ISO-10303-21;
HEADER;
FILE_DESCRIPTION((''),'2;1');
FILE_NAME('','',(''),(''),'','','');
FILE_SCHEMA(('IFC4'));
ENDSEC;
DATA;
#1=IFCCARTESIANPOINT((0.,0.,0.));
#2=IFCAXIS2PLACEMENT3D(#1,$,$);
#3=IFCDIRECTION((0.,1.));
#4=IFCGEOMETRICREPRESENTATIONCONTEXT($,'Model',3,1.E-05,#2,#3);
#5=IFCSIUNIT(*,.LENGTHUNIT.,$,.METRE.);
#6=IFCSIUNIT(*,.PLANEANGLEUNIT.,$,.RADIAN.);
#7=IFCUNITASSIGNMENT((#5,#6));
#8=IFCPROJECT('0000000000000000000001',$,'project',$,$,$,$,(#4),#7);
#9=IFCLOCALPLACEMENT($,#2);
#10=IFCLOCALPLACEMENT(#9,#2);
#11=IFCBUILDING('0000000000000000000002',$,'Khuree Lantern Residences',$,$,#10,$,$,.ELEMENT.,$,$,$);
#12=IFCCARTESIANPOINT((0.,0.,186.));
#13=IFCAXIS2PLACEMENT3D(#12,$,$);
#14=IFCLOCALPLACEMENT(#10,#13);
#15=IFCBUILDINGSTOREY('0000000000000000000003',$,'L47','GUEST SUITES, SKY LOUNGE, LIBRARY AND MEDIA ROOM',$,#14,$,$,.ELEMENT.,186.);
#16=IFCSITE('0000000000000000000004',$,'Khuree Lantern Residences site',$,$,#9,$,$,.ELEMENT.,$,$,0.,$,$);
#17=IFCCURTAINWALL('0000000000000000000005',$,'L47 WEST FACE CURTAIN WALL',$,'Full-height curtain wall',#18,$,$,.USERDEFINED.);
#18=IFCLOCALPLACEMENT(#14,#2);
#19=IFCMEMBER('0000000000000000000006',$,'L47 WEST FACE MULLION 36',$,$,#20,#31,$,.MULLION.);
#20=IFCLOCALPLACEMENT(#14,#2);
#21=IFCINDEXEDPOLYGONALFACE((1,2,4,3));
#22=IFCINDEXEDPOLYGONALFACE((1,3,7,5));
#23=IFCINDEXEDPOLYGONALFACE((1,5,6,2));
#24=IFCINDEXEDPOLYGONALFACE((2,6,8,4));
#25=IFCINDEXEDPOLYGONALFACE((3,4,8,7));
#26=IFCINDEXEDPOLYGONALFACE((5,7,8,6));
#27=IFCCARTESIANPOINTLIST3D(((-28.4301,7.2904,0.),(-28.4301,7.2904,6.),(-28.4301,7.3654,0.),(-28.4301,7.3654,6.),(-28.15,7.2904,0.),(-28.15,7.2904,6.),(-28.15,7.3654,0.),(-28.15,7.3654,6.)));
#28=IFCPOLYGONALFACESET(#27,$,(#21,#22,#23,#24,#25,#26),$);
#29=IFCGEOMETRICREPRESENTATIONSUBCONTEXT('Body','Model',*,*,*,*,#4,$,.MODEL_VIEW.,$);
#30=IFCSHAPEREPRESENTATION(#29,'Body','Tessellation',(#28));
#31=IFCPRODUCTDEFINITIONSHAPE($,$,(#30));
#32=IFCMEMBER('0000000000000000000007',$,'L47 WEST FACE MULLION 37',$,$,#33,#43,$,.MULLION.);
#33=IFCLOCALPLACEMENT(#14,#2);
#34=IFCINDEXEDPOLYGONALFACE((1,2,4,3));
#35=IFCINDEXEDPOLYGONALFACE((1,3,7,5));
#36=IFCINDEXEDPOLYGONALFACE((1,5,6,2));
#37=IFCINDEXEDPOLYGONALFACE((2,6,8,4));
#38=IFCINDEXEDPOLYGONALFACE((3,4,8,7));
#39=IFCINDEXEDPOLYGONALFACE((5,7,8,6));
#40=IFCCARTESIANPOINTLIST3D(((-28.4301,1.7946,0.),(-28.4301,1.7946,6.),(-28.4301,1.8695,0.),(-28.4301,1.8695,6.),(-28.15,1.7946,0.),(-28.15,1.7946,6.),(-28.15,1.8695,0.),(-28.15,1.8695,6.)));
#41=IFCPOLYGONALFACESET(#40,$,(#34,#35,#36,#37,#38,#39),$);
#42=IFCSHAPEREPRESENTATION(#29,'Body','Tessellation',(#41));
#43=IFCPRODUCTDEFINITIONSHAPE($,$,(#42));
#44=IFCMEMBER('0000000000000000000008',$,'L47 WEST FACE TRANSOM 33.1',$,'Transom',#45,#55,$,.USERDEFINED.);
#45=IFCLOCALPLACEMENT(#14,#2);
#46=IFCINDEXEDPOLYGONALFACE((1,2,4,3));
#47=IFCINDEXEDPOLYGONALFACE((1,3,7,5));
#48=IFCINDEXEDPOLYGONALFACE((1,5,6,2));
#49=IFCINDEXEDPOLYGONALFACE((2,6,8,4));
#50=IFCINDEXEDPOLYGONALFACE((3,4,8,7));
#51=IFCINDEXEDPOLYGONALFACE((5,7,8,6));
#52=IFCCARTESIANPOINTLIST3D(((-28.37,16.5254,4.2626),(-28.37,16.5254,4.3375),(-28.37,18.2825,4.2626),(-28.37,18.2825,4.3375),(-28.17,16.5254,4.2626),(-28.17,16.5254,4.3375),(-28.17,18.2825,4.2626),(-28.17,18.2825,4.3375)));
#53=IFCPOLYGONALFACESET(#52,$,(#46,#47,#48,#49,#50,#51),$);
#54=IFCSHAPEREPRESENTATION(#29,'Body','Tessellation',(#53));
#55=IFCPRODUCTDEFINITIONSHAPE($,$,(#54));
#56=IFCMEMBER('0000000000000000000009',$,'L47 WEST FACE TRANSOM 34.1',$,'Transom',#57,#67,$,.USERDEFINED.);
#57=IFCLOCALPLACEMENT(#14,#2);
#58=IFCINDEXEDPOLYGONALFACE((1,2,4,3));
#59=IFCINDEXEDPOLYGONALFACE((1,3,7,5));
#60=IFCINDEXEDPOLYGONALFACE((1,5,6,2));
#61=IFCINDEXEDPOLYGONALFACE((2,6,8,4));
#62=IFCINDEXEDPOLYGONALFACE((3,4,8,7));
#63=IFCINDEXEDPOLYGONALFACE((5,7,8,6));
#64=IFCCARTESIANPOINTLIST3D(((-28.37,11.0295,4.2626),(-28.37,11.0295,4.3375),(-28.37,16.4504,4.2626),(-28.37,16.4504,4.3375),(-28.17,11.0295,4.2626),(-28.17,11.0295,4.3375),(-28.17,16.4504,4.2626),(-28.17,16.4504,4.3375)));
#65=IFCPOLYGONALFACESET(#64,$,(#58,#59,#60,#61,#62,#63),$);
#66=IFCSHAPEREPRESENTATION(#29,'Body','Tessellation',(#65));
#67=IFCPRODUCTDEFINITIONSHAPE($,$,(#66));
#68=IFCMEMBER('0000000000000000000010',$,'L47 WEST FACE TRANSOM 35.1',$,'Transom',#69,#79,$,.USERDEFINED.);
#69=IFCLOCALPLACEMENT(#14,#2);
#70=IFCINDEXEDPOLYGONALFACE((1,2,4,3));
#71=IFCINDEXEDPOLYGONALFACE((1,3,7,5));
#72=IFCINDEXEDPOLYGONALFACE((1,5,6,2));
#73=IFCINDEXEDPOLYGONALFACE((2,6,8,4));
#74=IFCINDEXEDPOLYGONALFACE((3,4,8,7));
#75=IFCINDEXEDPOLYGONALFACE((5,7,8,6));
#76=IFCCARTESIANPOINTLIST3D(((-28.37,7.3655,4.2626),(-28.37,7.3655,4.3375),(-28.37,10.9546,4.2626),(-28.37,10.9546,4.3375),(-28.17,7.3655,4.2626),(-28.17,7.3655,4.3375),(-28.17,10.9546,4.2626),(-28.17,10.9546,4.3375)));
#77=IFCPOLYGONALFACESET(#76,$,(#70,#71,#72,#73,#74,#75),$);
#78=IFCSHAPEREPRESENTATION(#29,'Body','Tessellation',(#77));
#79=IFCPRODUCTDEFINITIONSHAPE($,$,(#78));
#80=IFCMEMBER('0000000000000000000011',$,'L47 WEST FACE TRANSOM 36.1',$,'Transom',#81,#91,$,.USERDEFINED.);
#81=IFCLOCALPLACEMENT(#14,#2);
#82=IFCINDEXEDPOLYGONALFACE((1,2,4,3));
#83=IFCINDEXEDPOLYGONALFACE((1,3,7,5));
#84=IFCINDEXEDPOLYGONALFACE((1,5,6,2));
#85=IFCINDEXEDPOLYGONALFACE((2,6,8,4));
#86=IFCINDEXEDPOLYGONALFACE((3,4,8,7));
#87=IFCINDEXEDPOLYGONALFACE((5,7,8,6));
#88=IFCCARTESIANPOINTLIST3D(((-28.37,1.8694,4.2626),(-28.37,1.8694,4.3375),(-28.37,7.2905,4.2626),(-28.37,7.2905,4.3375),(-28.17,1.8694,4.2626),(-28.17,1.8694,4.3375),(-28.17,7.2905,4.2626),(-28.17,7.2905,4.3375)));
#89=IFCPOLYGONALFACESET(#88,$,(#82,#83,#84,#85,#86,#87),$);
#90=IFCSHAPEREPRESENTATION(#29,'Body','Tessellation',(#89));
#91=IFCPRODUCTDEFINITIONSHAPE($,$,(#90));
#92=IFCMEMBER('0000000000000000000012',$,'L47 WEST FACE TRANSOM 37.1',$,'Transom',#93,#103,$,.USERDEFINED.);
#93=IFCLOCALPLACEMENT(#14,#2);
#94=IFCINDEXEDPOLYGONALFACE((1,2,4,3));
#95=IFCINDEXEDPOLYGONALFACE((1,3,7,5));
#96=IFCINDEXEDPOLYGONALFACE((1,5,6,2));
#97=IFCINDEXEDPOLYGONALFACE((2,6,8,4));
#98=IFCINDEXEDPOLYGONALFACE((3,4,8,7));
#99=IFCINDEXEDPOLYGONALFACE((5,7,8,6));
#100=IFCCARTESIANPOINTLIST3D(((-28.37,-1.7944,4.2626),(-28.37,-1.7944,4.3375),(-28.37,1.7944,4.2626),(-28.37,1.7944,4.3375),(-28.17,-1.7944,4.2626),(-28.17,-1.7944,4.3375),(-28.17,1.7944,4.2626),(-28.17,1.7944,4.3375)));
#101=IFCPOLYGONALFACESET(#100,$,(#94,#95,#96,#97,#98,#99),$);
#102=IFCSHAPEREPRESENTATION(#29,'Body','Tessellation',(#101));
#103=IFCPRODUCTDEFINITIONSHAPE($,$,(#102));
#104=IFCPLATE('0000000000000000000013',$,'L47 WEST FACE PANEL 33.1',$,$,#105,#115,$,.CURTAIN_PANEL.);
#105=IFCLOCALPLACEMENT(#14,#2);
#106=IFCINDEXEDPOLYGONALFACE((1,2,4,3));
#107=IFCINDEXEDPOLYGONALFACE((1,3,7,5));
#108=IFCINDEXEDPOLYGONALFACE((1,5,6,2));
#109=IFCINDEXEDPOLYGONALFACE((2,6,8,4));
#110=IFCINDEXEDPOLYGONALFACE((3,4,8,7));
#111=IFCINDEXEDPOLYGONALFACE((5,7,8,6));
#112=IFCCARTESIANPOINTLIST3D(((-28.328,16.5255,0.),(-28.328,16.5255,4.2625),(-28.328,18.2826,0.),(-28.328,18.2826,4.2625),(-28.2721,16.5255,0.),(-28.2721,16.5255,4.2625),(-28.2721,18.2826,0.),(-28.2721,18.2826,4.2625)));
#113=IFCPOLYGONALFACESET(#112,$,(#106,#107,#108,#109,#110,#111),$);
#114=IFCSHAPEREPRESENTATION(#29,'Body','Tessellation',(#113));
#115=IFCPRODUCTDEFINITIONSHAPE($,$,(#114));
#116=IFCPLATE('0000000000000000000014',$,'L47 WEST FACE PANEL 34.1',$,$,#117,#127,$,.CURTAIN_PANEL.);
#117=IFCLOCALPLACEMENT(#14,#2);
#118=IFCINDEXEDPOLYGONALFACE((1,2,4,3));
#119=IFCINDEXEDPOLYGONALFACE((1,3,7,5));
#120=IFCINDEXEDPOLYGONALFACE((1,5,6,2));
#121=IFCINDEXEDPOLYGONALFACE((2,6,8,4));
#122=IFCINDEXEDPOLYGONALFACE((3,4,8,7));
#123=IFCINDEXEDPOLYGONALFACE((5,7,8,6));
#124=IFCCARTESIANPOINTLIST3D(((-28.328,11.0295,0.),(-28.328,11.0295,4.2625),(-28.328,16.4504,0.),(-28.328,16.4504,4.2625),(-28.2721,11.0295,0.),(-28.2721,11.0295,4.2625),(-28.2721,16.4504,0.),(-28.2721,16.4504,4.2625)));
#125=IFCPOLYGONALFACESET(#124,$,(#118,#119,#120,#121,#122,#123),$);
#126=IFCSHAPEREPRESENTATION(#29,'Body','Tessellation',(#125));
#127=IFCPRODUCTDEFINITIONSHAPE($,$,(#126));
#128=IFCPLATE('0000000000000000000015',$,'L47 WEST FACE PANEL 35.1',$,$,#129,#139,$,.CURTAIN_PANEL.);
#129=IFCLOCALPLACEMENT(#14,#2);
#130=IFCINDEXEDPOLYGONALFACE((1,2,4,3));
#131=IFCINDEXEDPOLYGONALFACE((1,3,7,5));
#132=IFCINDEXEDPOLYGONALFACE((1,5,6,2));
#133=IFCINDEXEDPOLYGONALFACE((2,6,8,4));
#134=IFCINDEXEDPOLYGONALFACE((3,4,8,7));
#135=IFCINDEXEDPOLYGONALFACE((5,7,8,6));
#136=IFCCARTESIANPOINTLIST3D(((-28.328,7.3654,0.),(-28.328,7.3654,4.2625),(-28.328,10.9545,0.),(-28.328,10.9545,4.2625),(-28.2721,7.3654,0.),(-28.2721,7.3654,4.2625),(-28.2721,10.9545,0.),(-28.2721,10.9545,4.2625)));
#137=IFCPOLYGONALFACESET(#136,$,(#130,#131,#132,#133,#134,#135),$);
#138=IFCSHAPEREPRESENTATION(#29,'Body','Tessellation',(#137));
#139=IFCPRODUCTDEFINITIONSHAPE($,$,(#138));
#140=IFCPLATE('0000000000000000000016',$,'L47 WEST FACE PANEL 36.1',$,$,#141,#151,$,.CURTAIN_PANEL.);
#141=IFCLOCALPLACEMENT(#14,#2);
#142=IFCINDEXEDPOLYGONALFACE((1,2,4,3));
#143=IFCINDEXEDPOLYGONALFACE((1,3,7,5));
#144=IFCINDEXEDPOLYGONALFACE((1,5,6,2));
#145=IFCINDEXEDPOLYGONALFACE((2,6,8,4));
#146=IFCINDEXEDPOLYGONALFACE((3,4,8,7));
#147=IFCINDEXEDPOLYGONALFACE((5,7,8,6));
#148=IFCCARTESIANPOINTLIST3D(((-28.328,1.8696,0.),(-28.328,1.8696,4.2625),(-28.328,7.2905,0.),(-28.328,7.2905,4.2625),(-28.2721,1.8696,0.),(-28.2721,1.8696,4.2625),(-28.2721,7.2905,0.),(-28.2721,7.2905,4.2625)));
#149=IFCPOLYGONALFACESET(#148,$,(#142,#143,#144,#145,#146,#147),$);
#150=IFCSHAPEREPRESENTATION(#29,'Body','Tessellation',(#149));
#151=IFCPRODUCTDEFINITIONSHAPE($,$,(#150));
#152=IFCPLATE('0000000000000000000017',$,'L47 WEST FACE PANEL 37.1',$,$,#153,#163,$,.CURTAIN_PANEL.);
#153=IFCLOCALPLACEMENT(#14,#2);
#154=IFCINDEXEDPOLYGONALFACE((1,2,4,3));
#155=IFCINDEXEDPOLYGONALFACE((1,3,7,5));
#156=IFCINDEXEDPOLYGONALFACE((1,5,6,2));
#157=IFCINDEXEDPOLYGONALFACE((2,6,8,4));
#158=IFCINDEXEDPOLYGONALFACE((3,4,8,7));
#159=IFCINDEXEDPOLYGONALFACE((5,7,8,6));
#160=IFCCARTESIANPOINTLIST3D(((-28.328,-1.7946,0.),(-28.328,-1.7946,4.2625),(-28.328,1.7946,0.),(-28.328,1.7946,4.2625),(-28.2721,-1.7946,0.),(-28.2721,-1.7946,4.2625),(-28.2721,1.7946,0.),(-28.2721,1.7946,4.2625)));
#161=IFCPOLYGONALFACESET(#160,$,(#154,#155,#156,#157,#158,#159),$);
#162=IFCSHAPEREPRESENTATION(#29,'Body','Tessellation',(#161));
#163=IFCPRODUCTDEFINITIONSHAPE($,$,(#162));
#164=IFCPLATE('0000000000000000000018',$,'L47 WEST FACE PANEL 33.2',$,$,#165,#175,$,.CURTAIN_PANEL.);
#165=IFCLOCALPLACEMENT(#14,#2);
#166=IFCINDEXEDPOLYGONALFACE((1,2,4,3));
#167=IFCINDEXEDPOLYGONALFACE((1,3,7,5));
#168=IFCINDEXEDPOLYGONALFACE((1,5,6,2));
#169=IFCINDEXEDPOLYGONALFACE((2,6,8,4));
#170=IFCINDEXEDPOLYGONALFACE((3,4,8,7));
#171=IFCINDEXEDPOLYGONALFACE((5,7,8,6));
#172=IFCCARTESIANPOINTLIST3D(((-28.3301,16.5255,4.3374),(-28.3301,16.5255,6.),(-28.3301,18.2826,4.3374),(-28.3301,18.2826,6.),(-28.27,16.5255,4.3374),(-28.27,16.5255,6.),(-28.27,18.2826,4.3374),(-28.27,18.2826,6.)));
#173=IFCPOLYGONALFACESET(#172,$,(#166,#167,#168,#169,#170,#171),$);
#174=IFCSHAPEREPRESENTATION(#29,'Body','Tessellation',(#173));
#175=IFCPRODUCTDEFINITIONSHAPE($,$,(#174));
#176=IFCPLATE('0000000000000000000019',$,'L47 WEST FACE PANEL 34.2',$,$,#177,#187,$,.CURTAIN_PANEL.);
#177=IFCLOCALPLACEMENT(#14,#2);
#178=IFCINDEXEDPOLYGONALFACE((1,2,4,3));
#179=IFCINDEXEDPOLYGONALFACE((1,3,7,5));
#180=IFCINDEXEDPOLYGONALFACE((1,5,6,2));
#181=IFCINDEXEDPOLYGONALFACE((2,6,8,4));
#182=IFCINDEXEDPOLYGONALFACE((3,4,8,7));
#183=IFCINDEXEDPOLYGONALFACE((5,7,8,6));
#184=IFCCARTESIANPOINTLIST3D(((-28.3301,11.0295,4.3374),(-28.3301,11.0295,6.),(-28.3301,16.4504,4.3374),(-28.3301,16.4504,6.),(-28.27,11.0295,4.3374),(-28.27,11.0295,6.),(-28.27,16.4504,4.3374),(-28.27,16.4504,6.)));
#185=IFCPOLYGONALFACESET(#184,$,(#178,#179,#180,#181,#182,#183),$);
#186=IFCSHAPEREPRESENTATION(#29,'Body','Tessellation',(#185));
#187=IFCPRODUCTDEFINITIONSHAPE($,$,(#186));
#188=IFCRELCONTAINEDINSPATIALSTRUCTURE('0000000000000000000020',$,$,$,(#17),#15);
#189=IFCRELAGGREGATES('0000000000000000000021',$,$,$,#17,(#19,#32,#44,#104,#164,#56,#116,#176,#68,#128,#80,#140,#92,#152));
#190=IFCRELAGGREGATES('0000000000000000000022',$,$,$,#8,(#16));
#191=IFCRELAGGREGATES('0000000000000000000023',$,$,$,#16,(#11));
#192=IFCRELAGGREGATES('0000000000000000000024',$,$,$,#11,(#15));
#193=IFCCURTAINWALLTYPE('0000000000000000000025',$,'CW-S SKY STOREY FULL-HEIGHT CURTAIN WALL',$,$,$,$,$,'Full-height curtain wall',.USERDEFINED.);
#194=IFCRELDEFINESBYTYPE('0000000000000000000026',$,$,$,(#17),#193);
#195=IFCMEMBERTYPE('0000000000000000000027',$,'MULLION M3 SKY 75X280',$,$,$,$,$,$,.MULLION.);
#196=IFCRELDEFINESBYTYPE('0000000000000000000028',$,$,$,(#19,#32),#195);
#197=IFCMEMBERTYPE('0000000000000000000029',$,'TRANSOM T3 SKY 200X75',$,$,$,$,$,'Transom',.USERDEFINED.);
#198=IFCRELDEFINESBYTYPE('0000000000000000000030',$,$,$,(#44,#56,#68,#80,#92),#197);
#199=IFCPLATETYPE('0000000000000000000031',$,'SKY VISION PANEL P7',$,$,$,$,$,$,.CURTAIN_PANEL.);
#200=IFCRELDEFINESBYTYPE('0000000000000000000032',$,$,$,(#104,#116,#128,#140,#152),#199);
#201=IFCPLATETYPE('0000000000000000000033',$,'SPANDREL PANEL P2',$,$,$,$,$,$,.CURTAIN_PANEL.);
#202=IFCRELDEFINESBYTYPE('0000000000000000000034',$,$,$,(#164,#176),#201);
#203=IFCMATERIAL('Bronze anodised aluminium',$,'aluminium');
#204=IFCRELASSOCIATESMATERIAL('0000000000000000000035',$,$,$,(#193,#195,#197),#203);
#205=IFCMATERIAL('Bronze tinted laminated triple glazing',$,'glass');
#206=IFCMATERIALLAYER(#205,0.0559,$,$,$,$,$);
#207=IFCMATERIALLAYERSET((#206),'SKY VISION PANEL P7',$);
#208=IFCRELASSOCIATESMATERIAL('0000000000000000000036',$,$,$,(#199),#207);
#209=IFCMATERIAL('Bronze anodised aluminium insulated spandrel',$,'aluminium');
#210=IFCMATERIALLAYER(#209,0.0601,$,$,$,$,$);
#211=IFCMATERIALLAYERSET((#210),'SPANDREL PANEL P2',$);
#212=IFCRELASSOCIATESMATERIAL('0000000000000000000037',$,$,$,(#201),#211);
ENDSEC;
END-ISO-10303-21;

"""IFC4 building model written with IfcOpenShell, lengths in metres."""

from ifc_helpers import new_model, si_unit, direction, frame, origin, origin_2d, place, context, subcontext, project, spatial, rectangle, extrude, material, layer, layer_set, material_profile, profile_set, type_object, element, aggregate, save


model = new_model("IFC4")

# Units and contexts
model_context = context("Model", 3, precision=1e-05, world=origin(), true_north=direction((0.0, 1.0)))
body_context = subcontext(model_context, "Body", "Model", "MODEL_VIEW")
ifc_project = project(units=[si_unit("LENGTHUNIT", "METRE"), si_unit("PLANEANGLEUNIT", "RADIAN")], contexts=[model_context])

# Site, building, storey
site_placement = place(None, origin())
site = spatial("IfcSite", under=ifc_project, at=site_placement, Name="Khuree Lantern Residences site", CompositionType="ELEMENT", RefElevation=0.0)
building_placement = place(site_placement, origin())
building = spatial("IfcBuilding", under=site, at=building_placement, Name="Khuree Lantern Residences", CompositionType="ELEMENT")
storey_placement = place(building_placement, frame((0.0, 0.0, 186.0)))
storey = spatial("IfcBuildingStorey", under=building, at=storey_placement, Name="L47", Description="GUEST SUITES, SKY LOUNGE, LIBRARY AND MEDIA ROOM", CompositionType="ELEMENT", Elevation=186.0)

# Curtain wall
ifc_material_1 = material(Name="Bronze anodised aluminium", Category="aluminium")
curtain_wall_type = type_object("IfcCurtainWallType", Name="CW-S SKY STOREY FULL-HEIGHT CURTAIN WALL", ElementType="Full-height curtain wall", PredefinedType="USERDEFINED", material=ifc_material_1)
curtain_wall_placement = place(storey_placement, origin())
curtain_wall = element("IfcCurtainWall", 1, at=curtain_wall_placement, inside=storey, type_object=curtain_wall_type, Name="L47 WEST FACE CURTAIN WALL", ObjectType="Full-height curtain wall", PredefinedType="USERDEFINED")

# Members
ifc_material_profile_1 = material_profile(ifc_material_1, rectangle(XDim=0.075, YDim=0.28, at=origin_2d()), Name="M3 75X280")
ifc_profile_set_1 = profile_set([ifc_material_profile_1], Name="Bronze anodised aluminium")
member_type_1 = type_object("IfcMemberType", Name="MULLION M3 SKY 75X280", PredefinedType="MULLION", material=ifc_profile_set_1)
member_1_placement = place(storey_placement, frame((-28.29, 7.3279, 0.0), z_axis=(0.0, 0.0, 1.0), x_axis=(0.0, -1.0, 0.0)))
member_1 = element("IfcMember", 2, at=member_1_placement, type_object=member_type_1, Name="L47 WEST FACE MULLION 36", PredefinedType="MULLION", context=body_context, shape_type="SweptSolid", body=[
    extrude(rectangle(XDim=0.075, YDim=0.28, at=origin_2d()), origin(), (0.0, 0.0, 1.0), 6.0),
])
member_2_placement = place(storey_placement, frame((-28.29, 1.832, 0.0), z_axis=(0.0, 0.0, 1.0), x_axis=(0.0, -1.0, 0.0)))
member_2 = element("IfcMember", 3, at=member_2_placement, type_object=member_type_1, Name="L47 WEST FACE MULLION 37", PredefinedType="MULLION", context=body_context, shape_type="SweptSolid", body=[
    extrude(rectangle(XDim=0.075, YDim=0.28, at=origin_2d()), origin(), (0.0, 0.0, 1.0), 6.0),
])
ifc_material_profile_2 = material_profile(ifc_material_1, rectangle(XDim=0.2, YDim=0.075, at=origin_2d()), Name="T3 200X75")
ifc_profile_set_2 = profile_set([ifc_material_profile_2], Name="Bronze anodised aluminium")
member_type_2 = type_object("IfcMemberType", Name="TRANSOM T3 SKY 200X75", ElementType="Transom", PredefinedType="USERDEFINED", material=ifc_profile_set_2)
member_3_placement = place(storey_placement, frame((-28.27, 18.2825, 4.3), z_axis=(0.0, -1.0, 0.0), x_axis=(1.0, 0.0, 0.0)))
member_3 = element("IfcMember", 4, at=member_3_placement, type_object=member_type_2, Name="L47 WEST FACE TRANSOM 33.1", ObjectType="Transom", PredefinedType="USERDEFINED", context=body_context, shape_type="SweptSolid", body=[
    extrude(rectangle(XDim=0.2, YDim=0.075, at=origin_2d()), origin(), (0.0, 0.0, 1.0), 1.7571),
])
member_4_placement = place(storey_placement, frame((-28.27, 16.4504, 4.3), z_axis=(0.0, -1.0, 0.0), x_axis=(1.0, 0.0, 0.0)))
member_4 = element("IfcMember", 5, at=member_4_placement, type_object=member_type_2, Name="L47 WEST FACE TRANSOM 34.1", ObjectType="Transom", PredefinedType="USERDEFINED", context=body_context, shape_type="SweptSolid", body=[
    extrude(rectangle(XDim=0.2, YDim=0.075, at=origin_2d()), origin(), (0.0, 0.0, 1.0), 5.4209),
])
member_5_placement = place(storey_placement, frame((-28.27, 10.9546, 4.3), z_axis=(0.0, -1.0, 0.0), x_axis=(1.0, 0.0, 0.0)))
member_5 = element("IfcMember", 6, at=member_5_placement, type_object=member_type_2, Name="L47 WEST FACE TRANSOM 35.1", ObjectType="Transom", PredefinedType="USERDEFINED", context=body_context, shape_type="SweptSolid", body=[
    extrude(rectangle(XDim=0.2, YDim=0.075, at=origin_2d()), origin(), (0.0, 0.0, 1.0), 3.5891),
])
member_6_placement = place(storey_placement, frame((-28.27, 7.2905, 4.3), z_axis=(0.0, -1.0, 0.0), x_axis=(1.0, 0.0, 0.0)))
member_6 = element("IfcMember", 7, at=member_6_placement, type_object=member_type_2, Name="L47 WEST FACE TRANSOM 36.1", ObjectType="Transom", PredefinedType="USERDEFINED", context=body_context, shape_type="SweptSolid", body=[
    extrude(rectangle(XDim=0.2, YDim=0.075, at=origin_2d()), origin(), (0.0, 0.0, 1.0), 5.4211),
])
member_7_placement = place(storey_placement, frame((-28.27, 1.7944, 4.3), z_axis=(0.0, -1.0, 0.0), x_axis=(1.0, 0.0, 0.0)))
member_7 = element("IfcMember", 8, at=member_7_placement, type_object=member_type_2, Name="L47 WEST FACE TRANSOM 37.1", ObjectType="Transom", PredefinedType="USERDEFINED", context=body_context, shape_type="SweptSolid", body=[
    extrude(rectangle(XDim=0.2, YDim=0.075, at=origin_2d()), origin(), (0.0, 0.0, 1.0), 3.5889),
])

# Plates
ifc_material_2 = material(Name="Bronze tinted laminated triple glazing", Category="glass")
ifc_layer_1 = layer(ifc_material_2, 0.0559)
ifc_layer_set_1 = layer_set([ifc_layer_1], Name="SKY VISION PANEL P7")
plate_type_1 = type_object("IfcPlateType", Name="SKY VISION PANEL P7", PredefinedType="CURTAIN_PANEL", material=ifc_layer_set_1)
plate_1_placement = place(storey_placement, frame((-28.3, 17.4041, 0.0), z_axis=(0.0, 0.0, 1.0), x_axis=(0.0, -1.0, 0.0)))
plate_1 = element("IfcPlate", 9, at=plate_1_placement, type_object=plate_type_1, Name="L47 WEST FACE PANEL 33.1", PredefinedType="CURTAIN_PANEL", context=body_context, shape_type="SweptSolid", body=[
    extrude(rectangle(XDim=1.7571, YDim=0.0559, at=origin_2d()), origin(), (0.0, 0.0, 1.0), 4.2625),
])
plate_2_placement = place(storey_placement, frame((-28.3, 13.74, 0.0), z_axis=(0.0, 0.0, 1.0), x_axis=(0.0, -1.0, 0.0)))
plate_2 = element("IfcPlate", 10, at=plate_2_placement, type_object=plate_type_1, Name="L47 WEST FACE PANEL 34.1", PredefinedType="CURTAIN_PANEL", context=body_context, shape_type="SweptSolid", body=[
    extrude(rectangle(XDim=5.4209, YDim=0.0559, at=origin_2d()), origin(), (0.0, 0.0, 1.0), 4.2625),
])
plate_3_placement = place(storey_placement, frame((-28.3, 9.1599, 0.0), z_axis=(0.0, 0.0, 1.0), x_axis=(0.0, -1.0, 0.0)))
plate_3 = element("IfcPlate", 11, at=plate_3_placement, type_object=plate_type_1, Name="L47 WEST FACE PANEL 35.1", PredefinedType="CURTAIN_PANEL", context=body_context, shape_type="SweptSolid", body=[
    extrude(rectangle(XDim=3.5891, YDim=0.0559, at=origin_2d()), origin(), (0.0, 0.0, 1.0), 4.2625),
])
plate_4_placement = place(storey_placement, frame((-28.3, 4.5801, 0.0), z_axis=(0.0, 0.0, 1.0), x_axis=(0.0, -1.0, 0.0)))
plate_4 = element("IfcPlate", 12, at=plate_4_placement, type_object=plate_type_1, Name="L47 WEST FACE PANEL 36.1", PredefinedType="CURTAIN_PANEL", context=body_context, shape_type="SweptSolid", body=[
    extrude(rectangle(XDim=5.4209, YDim=0.0559, at=origin_2d()), origin(), (0.0, 0.0, 1.0), 4.2625),
])
plate_5_placement = place(storey_placement, frame((-28.3, 0.0, 0.0), z_axis=(0.0, 0.0, 1.0), x_axis=(0.0, -1.0, 0.0)))
plate_5 = element("IfcPlate", 13, at=plate_5_placement, type_object=plate_type_1, Name="L47 WEST FACE PANEL 37.1", PredefinedType="CURTAIN_PANEL", context=body_context, shape_type="SweptSolid", body=[
    extrude(rectangle(XDim=3.5891, YDim=0.0559, at=origin_2d()), origin(), (0.0, 0.0, 1.0), 4.2625),
])
ifc_material_3 = material(Name="Bronze anodised aluminium insulated spandrel", Category="aluminium")
ifc_layer_2 = layer(ifc_material_3, 0.0601)
ifc_layer_set_2 = layer_set([ifc_layer_2], Name="SPANDREL PANEL P2")
plate_type_2 = type_object("IfcPlateType", Name="SPANDREL PANEL P2", PredefinedType="CURTAIN_PANEL", material=ifc_layer_set_2)
plate_6_placement = place(storey_placement, frame((-28.3, 17.4041, 4.3374), z_axis=(0.0, 0.0, 1.0), x_axis=(0.0, -1.0, 0.0)))
plate_6 = element("IfcPlate", 14, at=plate_6_placement, type_object=plate_type_2, Name="L47 WEST FACE PANEL 33.2", PredefinedType="CURTAIN_PANEL", context=body_context, shape_type="SweptSolid", body=[
    extrude(rectangle(XDim=1.7571, YDim=0.0601, at=origin_2d()), origin(), (0.0, 0.0, 1.0), 1.6626),
])
plate_7_placement = place(storey_placement, frame((-28.3, 13.74, 4.3374), z_axis=(0.0, 0.0, 1.0), x_axis=(0.0, -1.0, 0.0)))
plate_7 = element("IfcPlate", 15, at=plate_7_placement, type_object=plate_type_2, Name="L47 WEST FACE PANEL 34.2", PredefinedType="CURTAIN_PANEL", context=body_context, shape_type="SweptSolid", body=[
    extrude(rectangle(XDim=5.4209, YDim=0.0601, at=origin_2d()), origin(), (0.0, 0.0, 1.0), 1.6626),
])
aggregate(curtain_wall, [member_1, member_2, member_3, plate_1, plate_6, member_4, plate_2, plate_7, member_5, plate_3, member_6, plate_4, member_7, plate_5])

save(model, "model.ifc")
